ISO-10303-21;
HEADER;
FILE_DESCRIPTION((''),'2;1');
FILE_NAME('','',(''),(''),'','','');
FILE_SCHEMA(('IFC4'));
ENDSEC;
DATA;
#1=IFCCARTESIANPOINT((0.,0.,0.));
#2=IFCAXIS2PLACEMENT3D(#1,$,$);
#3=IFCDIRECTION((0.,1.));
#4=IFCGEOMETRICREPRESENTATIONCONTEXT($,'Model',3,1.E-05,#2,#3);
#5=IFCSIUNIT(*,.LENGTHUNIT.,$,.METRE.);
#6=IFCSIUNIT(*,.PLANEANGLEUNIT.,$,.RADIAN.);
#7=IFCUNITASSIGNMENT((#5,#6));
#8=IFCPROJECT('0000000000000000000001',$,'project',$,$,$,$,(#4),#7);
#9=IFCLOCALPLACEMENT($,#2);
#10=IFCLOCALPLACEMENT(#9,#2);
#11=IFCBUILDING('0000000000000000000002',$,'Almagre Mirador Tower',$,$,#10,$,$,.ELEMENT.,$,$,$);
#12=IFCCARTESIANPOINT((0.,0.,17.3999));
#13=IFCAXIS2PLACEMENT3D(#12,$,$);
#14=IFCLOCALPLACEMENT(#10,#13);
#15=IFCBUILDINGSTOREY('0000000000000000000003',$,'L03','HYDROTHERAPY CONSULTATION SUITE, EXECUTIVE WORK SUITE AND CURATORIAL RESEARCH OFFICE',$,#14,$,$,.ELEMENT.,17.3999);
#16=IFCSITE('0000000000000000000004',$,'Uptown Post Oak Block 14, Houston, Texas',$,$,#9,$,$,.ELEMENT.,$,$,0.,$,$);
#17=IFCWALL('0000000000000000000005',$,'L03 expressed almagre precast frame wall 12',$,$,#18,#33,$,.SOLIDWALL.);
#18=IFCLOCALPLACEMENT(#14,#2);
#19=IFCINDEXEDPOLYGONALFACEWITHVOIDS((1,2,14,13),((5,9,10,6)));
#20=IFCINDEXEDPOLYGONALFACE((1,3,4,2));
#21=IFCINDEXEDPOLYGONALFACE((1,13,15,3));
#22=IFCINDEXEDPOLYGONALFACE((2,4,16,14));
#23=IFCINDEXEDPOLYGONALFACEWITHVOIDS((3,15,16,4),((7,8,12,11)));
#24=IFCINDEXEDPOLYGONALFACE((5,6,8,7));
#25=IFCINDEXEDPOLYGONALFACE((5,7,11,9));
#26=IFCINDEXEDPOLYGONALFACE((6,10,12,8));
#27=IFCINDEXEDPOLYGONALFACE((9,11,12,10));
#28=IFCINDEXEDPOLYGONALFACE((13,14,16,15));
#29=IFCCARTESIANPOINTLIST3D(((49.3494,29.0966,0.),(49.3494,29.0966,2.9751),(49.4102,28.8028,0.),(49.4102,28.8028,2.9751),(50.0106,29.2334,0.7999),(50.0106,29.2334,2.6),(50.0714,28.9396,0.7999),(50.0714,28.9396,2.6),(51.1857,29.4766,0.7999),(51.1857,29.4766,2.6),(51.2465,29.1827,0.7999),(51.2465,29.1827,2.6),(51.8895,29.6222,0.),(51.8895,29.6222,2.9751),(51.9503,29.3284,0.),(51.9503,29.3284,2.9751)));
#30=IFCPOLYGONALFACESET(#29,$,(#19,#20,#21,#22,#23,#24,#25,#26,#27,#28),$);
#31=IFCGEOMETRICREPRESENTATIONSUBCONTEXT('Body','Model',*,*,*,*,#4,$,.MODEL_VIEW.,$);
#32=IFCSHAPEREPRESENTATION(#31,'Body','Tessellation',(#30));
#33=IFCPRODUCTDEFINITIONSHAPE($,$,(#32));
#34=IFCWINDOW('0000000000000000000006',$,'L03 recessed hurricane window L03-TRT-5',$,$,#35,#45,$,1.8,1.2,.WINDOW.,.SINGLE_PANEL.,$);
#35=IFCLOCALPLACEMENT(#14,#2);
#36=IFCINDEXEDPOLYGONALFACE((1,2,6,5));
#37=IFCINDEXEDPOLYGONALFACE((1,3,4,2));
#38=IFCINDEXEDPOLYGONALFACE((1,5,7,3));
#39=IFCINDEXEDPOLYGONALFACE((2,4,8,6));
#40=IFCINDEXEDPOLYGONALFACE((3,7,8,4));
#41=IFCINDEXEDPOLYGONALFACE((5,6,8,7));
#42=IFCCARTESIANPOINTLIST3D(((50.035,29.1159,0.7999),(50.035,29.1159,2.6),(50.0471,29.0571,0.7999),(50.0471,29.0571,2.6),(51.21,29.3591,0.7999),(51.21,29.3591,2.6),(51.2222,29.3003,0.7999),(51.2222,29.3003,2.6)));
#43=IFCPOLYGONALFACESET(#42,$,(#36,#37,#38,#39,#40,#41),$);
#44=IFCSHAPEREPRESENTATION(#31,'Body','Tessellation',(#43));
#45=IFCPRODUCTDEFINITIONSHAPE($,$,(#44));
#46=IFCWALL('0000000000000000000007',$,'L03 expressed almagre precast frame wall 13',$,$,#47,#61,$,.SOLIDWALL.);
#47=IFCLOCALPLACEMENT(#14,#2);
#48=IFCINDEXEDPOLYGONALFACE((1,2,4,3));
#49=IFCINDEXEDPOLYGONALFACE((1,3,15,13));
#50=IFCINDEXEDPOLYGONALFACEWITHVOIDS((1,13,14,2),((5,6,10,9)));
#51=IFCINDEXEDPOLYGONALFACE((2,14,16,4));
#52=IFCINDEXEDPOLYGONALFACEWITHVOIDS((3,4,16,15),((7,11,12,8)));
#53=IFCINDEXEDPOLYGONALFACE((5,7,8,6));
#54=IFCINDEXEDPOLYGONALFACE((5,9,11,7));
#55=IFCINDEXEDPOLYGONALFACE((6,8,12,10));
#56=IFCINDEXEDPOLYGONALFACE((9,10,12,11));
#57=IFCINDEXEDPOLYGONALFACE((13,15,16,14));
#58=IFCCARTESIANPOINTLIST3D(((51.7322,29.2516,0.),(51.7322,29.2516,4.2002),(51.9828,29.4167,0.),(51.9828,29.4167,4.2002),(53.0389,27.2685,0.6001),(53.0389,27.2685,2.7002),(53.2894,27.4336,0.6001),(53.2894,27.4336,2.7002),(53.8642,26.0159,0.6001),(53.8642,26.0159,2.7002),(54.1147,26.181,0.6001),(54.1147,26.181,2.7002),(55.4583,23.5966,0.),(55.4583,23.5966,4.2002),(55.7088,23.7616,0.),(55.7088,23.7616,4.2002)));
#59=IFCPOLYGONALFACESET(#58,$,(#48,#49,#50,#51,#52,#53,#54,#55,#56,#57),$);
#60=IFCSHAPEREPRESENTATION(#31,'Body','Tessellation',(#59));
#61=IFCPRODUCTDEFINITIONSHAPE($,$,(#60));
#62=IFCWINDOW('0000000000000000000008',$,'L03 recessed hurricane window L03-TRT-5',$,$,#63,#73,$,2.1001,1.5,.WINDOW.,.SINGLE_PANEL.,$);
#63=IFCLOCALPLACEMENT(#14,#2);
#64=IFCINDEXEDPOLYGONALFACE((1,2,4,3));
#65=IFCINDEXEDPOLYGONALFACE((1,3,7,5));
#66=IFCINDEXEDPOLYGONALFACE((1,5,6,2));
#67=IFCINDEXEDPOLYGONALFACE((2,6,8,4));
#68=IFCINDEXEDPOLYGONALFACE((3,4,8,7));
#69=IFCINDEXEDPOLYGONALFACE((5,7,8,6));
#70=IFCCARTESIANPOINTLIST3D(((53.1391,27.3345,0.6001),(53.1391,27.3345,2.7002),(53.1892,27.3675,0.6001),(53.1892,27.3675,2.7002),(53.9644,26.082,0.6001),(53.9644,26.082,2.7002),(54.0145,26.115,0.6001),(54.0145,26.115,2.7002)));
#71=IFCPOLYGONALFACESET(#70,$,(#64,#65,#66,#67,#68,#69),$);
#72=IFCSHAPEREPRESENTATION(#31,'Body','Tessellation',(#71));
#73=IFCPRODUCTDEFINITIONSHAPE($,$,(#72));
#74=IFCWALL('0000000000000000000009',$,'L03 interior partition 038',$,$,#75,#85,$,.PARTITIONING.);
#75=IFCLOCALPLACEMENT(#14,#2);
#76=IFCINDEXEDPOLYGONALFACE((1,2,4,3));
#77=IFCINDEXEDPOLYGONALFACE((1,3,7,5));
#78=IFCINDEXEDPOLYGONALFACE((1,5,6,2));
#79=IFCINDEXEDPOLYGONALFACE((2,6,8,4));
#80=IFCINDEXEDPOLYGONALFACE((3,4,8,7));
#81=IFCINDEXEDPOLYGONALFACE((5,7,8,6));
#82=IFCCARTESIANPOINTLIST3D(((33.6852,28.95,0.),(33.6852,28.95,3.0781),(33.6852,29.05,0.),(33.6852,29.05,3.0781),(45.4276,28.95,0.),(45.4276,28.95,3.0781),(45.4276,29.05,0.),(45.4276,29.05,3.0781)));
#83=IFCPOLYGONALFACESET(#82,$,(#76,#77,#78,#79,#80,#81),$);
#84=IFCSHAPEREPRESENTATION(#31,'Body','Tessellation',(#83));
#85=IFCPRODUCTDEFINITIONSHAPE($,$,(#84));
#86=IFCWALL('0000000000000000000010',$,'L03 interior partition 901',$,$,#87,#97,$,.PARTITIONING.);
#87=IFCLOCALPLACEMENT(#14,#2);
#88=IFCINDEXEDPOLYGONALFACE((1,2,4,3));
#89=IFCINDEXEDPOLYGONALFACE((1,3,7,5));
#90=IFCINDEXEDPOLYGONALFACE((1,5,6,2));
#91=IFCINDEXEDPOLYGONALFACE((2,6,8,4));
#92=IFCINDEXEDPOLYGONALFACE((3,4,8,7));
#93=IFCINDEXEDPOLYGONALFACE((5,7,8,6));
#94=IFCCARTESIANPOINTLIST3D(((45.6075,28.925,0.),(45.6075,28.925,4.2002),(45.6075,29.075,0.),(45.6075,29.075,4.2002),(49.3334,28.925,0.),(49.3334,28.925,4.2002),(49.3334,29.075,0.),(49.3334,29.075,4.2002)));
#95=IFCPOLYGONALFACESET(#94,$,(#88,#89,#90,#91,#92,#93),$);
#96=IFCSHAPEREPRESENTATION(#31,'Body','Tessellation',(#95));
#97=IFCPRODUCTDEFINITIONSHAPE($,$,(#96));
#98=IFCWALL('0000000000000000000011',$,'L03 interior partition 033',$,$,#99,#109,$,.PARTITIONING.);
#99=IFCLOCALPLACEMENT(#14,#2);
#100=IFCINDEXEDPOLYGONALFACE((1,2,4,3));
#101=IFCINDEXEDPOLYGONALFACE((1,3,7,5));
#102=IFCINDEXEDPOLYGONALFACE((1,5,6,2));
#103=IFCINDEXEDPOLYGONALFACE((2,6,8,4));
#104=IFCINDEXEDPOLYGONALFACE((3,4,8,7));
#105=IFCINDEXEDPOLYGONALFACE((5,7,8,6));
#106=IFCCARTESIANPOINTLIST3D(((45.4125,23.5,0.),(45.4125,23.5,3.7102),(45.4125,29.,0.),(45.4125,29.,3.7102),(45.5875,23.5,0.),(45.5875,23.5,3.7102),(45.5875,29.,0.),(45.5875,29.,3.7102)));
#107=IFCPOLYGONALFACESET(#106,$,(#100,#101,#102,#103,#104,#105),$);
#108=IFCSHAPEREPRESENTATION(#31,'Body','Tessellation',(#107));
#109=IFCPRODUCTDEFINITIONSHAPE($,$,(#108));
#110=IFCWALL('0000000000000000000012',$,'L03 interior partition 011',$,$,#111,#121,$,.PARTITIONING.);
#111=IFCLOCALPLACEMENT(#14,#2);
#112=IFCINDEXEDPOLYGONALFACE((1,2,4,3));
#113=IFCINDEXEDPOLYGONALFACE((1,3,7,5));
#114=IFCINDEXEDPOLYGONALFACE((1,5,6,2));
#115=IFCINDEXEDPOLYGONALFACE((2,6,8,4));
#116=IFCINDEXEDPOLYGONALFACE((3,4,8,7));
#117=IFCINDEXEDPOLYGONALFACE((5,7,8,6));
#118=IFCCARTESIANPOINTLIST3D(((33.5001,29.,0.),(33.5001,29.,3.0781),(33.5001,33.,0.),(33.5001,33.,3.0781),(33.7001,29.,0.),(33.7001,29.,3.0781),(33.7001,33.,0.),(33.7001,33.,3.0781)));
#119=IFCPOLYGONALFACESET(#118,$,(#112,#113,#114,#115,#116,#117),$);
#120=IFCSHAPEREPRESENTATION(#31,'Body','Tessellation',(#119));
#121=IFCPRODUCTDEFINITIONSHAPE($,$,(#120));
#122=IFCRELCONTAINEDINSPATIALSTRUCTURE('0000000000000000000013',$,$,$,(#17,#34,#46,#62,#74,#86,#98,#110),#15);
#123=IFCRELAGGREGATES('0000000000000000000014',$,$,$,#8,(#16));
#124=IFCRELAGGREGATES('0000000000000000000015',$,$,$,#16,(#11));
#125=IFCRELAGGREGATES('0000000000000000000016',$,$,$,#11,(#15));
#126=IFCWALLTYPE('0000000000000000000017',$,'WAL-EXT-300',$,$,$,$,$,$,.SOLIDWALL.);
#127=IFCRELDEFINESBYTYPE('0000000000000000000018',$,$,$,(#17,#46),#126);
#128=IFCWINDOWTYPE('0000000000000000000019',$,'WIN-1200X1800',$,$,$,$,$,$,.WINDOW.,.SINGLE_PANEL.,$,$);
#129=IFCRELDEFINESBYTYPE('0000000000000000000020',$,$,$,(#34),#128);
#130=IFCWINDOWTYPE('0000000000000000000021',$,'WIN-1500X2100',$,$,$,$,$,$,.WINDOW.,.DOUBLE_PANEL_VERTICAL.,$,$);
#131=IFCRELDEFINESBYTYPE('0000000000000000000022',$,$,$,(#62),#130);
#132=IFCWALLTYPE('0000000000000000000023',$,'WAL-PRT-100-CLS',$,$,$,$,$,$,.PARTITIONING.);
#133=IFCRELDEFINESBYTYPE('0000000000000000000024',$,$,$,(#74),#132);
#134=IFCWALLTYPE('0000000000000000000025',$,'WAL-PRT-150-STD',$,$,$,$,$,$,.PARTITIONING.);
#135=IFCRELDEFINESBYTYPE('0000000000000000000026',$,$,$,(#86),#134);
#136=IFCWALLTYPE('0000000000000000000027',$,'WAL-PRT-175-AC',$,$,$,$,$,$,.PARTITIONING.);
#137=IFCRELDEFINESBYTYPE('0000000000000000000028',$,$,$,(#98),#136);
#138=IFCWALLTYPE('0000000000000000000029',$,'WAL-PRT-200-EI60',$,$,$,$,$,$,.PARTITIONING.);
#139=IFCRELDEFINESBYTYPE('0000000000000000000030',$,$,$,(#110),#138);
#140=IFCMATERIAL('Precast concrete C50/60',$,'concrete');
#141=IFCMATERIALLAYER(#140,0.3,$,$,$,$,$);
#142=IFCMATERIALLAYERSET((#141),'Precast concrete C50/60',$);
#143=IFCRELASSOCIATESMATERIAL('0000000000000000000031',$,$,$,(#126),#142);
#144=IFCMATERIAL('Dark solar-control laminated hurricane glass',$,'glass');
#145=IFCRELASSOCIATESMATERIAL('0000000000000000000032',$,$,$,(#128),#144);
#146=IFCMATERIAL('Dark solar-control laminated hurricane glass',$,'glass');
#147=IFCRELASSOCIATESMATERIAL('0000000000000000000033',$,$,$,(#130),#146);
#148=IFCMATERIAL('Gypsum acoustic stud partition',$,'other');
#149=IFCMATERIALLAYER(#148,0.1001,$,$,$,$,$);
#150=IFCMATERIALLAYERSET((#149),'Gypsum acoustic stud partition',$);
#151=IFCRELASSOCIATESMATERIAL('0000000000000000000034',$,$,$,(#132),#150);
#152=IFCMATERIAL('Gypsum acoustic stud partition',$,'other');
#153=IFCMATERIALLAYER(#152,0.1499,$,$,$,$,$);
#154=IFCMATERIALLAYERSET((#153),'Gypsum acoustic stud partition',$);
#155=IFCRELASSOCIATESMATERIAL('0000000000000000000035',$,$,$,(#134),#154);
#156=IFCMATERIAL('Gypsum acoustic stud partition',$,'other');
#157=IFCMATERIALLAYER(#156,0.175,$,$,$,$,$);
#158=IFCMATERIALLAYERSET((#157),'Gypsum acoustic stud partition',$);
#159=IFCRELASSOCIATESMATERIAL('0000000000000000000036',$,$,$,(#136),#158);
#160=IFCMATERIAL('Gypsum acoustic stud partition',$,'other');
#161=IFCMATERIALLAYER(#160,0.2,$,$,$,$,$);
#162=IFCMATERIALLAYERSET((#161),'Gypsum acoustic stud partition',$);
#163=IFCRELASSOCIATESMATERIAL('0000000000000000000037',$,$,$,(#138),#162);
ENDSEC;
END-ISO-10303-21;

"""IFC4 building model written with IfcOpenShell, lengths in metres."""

from ifc_helpers import new_model, si_unit, direction, frame, frame_2d, origin, place, context, subcontext, project, spatial, rectangle, extrude, material, layer, layer_set, type_object, element, fill, save


model = new_model("IFC4")

# Units and contexts
model_context = context("Model", 3, precision=1e-05, world=origin(), true_north=direction((0.0, 1.0)))
body_context = subcontext(model_context, "Body", "Model", "MODEL_VIEW")
ifc_project = project(units=[si_unit("LENGTHUNIT", "METRE"), si_unit("PLANEANGLEUNIT", "RADIAN")], contexts=[model_context])

# Site, building, storey
site_placement = place(None, origin())
site = spatial("IfcSite", under=ifc_project, at=site_placement, Name="Uptown Post Oak Block 14, Houston, Texas", CompositionType="ELEMENT", RefElevation=0.0)
building_placement = place(site_placement, origin())
building = spatial("IfcBuilding", under=site, at=building_placement, Name="Almagre Mirador Tower", CompositionType="ELEMENT")
storey_placement = place(building_placement, frame((0.0, 0.0, 17.3999)))
storey = spatial("IfcBuildingStorey", under=building, at=storey_placement, Name="L03", Description="HYDROTHERAPY CONSULTATION SUITE, EXECUTIVE WORK SUITE AND CURATORIAL RESEARCH OFFICE", CompositionType="ELEMENT", Elevation=17.3999)

# Walls, openings, windows
ifc_material_1 = material(Name="Precast concrete C50/60", Category="concrete")
ifc_layer_1 = layer(ifc_material_1, 0.3)
ifc_layer_set_1 = layer_set([ifc_layer_1], Name="Precast concrete C50/60")
wall_type_1 = type_object("IfcWallType", Name="WAL-EXT-300", PredefinedType="SOLIDWALL", material=ifc_layer_set_1)
wall_1_placement = place(storey_placement, frame((49.3799, 28.9497, 0.0), z_axis=(0.0, 0.0, 1.0), x_axis=(0.979256, 0.202627, 0.0)))
wall_1 = element("IfcWall", 1, at=wall_1_placement, inside=storey, type_object=wall_type_1, Name="L03 expressed almagre precast frame wall 12", PredefinedType="SOLIDWALL", context=body_context, shape_type="SweptSolid", body=[
    extrude(rectangle(XDim=2.594, YDim=0.3, at=frame_2d((1.2969, 0.0))), origin(), (0.0, 0.0, 1.0), 2.9751),
])
opening_1_placement = place(wall_1_placement, frame((0.675, 0.0, 0.8)))
opening_1 = element("IfcOpeningElement", 2, at=opening_1_placement, cuts=wall_1, PredefinedType="OPENING", context=body_context, shape_type="SweptSolid", body=[
    extrude(rectangle(XDim=1.2, YDim=1.8, at=frame_2d((0.6001, 0.8999))), frame((0.0, 0.1599, 0.0), z_axis=(0.0, -1.0, 0.0), x_axis=(1.0, 0.0, 0.0)), (0.0, 0.0, 1.0), 0.32),
])
ifc_material_2 = material(Name="Dark solar-control laminated hurricane glass", Category="glass")
window_type_1 = type_object("IfcWindowType", Name="WIN-1200X1800", PartitioningType="SINGLE_PANEL", PredefinedType="WINDOW", material=ifc_material_2)
window_1_placement = place(opening_1_placement, origin())
window_1 = element("IfcWindow", 3, at=window_1_placement, inside=storey, type_object=window_type_1, Name="L03 recessed hurricane window L03-TRT-5", OverallHeight=1.8, OverallWidth=1.2, PartitioningType="SINGLE_PANEL", PredefinedType="WINDOW", context=body_context, shape_type="SweptSolid", body=[
    extrude(rectangle(XDim=1.2, YDim=1.8, at=frame_2d((0.6001, 0.8999))), frame((0.0, 0.03, 0.0), z_axis=(0.0, -1.0, 0.0), x_axis=(1.0, 0.0, 0.0)), (0.0, 0.0, 1.0), 0.0601),
])
fill(opening_1, window_1)
wall_2_placement = place(storey_placement, frame((51.8574, 29.3342, 0.0), z_axis=(0.0, 0.0, 1.0), x_axis=(0.5502, -0.835033, 0.0)))
wall_2 = element("IfcWall", 4, at=wall_2_placement, inside=storey, type_object=wall_type_1, Name="L03 expressed almagre precast frame wall 13", PredefinedType="SOLIDWALL", context=body_context, shape_type="SweptSolid", body=[
    extrude(rectangle(XDim=6.7722, YDim=0.3, at=frame_2d((3.3862, 0.0))), origin(), (0.0, 0.0, 1.0), 4.2002),
])
opening_2_placement = place(wall_2_placement, frame((2.375, 0.0, 0.6001)))
opening_2 = element("IfcOpeningElement", 5, at=opening_2_placement, cuts=wall_2, PredefinedType="OPENING", context=body_context, shape_type="SweptSolid", body=[
    extrude(rectangle(XDim=1.5, YDim=2.1001, at=frame_2d((0.75, 1.05))), frame((0.0, 0.1599, 0.0), z_axis=(0.0, -1.0, 0.0), x_axis=(1.0, 0.0, 0.0)), (0.0, 0.0, 1.0), 0.32),
])
ifc_material_3 = material(Name="Dark solar-control laminated hurricane glass", Category="glass")
window_type_2 = type_object("IfcWindowType", Name="WIN-1500X2100", PartitioningType="DOUBLE_PANEL_VERTICAL", PredefinedType="WINDOW", material=ifc_material_3)
window_2_placement = place(opening_2_placement, origin())
window_2 = element("IfcWindow", 6, at=window_2_placement, inside=storey, type_object=window_type_2, Name="L03 recessed hurricane window L03-TRT-5", OverallHeight=2.1001, OverallWidth=1.5, PartitioningType="SINGLE_PANEL", PredefinedType="WINDOW", context=body_context, shape_type="SweptSolid", body=[
    extrude(rectangle(XDim=1.5, YDim=2.1001, at=frame_2d((0.75, 1.05))), frame((0.0, 0.03, 0.0), z_axis=(0.0, -1.0, 0.0), x_axis=(1.0, 0.0, 0.0)), (0.0, 0.0, 1.0), 0.0601),
])
fill(opening_2, window_2)

# Walls
ifc_material_4 = material(Name="Gypsum acoustic stud partition", Category="other")
ifc_layer_2 = layer(ifc_material_4, 0.1001)
ifc_layer_set_2 = layer_set([ifc_layer_2], Name="Gypsum acoustic stud partition")
wall_type_2 = type_object("IfcWallType", Name="WAL-PRT-100-CLS", PredefinedType="PARTITIONING", material=ifc_layer_set_2)
wall_3_placement = place(storey_placement, frame((45.4275, 29.0, 0.0), z_axis=(0.0, 0.0, 1.0), x_axis=(-1.0, 0.0, 0.0)))
element("IfcWall", 7, at=wall_3_placement, inside=storey, type_object=wall_type_2, Name="L03 interior partition 038", PredefinedType="PARTITIONING", context=body_context, shape_type="SweptSolid", body=[
    extrude(rectangle(XDim=11.7424, YDim=0.1001, at=frame_2d((5.8711, 0.0))), origin(), (0.0, 0.0, 1.0), 3.0781),
])
ifc_material_5 = material(Name="Gypsum acoustic stud partition", Category="other")
ifc_layer_3 = layer(ifc_material_5, 0.1499)
ifc_layer_set_3 = layer_set([ifc_layer_3], Name="Gypsum acoustic stud partition")
wall_type_3 = type_object("IfcWallType", Name="WAL-PRT-150-STD", PredefinedType="PARTITIONING", material=ifc_layer_set_3)
wall_4_placement = place(storey_placement, frame((49.3333, 29.0, 0.0), z_axis=(0.0, 0.0, 1.0), x_axis=(-1.0, 0.0, 0.0)))
element("IfcWall", 8, at=wall_4_placement, inside=storey, type_object=wall_type_3, Name="L03 interior partition 901", PredefinedType="PARTITIONING", context=body_context, shape_type="SweptSolid", body=[
    extrude(rectangle(XDim=3.7258, YDim=0.1499, at=frame_2d((1.8628, 0.0))), origin(), (0.0, 0.0, 1.0), 4.2002),
])
ifc_material_6 = material(Name="Gypsum acoustic stud partition", Category="other")
ifc_layer_4 = layer(ifc_material_6, 0.175)
ifc_layer_set_4 = layer_set([ifc_layer_4], Name="Gypsum acoustic stud partition")
wall_type_4 = type_object("IfcWallType", Name="WAL-PRT-175-AC", PredefinedType="PARTITIONING", material=ifc_layer_set_4)
wall_5_placement = place(storey_placement, frame((45.5, 29.0, 0.0), z_axis=(0.0, 0.0, 1.0), x_axis=(0.0, -1.0, 0.0)))
element("IfcWall", 9, at=wall_5_placement, inside=storey, type_object=wall_type_4, Name="L03 interior partition 033", PredefinedType="PARTITIONING", context=body_context, shape_type="SweptSolid", body=[
    extrude(rectangle(XDim=5.5, YDim=0.175, at=frame_2d((2.75, 0.0))), origin(), (0.0, 0.0, 1.0), 3.7102),
])
ifc_material_7 = material(Name="Gypsum acoustic stud partition", Category="other")
ifc_layer_5 = layer(ifc_material_7, 0.2)
ifc_layer_set_5 = layer_set([ifc_layer_5], Name="Gypsum acoustic stud partition")
wall_type_5 = type_object("IfcWallType", Name="WAL-PRT-200-EI60", PredefinedType="PARTITIONING", material=ifc_layer_set_5)
wall_6_placement = place(storey_placement, frame((33.6001, 29.0, 0.0), z_axis=(0.0, 0.0, 1.0), x_axis=(0.0, 1.0, 0.0)))
element("IfcWall", 10, at=wall_6_placement, inside=storey, type_object=wall_type_5, Name="L03 interior partition 011", PredefinedType="PARTITIONING", context=body_context, shape_type="SweptSolid", body=[
    extrude(rectangle(XDim=4.0, YDim=0.2, at=frame_2d((2.0, 0.0))), origin(), (0.0, 0.0, 1.0), 3.0781),
])

save(model, "model.ifc")
